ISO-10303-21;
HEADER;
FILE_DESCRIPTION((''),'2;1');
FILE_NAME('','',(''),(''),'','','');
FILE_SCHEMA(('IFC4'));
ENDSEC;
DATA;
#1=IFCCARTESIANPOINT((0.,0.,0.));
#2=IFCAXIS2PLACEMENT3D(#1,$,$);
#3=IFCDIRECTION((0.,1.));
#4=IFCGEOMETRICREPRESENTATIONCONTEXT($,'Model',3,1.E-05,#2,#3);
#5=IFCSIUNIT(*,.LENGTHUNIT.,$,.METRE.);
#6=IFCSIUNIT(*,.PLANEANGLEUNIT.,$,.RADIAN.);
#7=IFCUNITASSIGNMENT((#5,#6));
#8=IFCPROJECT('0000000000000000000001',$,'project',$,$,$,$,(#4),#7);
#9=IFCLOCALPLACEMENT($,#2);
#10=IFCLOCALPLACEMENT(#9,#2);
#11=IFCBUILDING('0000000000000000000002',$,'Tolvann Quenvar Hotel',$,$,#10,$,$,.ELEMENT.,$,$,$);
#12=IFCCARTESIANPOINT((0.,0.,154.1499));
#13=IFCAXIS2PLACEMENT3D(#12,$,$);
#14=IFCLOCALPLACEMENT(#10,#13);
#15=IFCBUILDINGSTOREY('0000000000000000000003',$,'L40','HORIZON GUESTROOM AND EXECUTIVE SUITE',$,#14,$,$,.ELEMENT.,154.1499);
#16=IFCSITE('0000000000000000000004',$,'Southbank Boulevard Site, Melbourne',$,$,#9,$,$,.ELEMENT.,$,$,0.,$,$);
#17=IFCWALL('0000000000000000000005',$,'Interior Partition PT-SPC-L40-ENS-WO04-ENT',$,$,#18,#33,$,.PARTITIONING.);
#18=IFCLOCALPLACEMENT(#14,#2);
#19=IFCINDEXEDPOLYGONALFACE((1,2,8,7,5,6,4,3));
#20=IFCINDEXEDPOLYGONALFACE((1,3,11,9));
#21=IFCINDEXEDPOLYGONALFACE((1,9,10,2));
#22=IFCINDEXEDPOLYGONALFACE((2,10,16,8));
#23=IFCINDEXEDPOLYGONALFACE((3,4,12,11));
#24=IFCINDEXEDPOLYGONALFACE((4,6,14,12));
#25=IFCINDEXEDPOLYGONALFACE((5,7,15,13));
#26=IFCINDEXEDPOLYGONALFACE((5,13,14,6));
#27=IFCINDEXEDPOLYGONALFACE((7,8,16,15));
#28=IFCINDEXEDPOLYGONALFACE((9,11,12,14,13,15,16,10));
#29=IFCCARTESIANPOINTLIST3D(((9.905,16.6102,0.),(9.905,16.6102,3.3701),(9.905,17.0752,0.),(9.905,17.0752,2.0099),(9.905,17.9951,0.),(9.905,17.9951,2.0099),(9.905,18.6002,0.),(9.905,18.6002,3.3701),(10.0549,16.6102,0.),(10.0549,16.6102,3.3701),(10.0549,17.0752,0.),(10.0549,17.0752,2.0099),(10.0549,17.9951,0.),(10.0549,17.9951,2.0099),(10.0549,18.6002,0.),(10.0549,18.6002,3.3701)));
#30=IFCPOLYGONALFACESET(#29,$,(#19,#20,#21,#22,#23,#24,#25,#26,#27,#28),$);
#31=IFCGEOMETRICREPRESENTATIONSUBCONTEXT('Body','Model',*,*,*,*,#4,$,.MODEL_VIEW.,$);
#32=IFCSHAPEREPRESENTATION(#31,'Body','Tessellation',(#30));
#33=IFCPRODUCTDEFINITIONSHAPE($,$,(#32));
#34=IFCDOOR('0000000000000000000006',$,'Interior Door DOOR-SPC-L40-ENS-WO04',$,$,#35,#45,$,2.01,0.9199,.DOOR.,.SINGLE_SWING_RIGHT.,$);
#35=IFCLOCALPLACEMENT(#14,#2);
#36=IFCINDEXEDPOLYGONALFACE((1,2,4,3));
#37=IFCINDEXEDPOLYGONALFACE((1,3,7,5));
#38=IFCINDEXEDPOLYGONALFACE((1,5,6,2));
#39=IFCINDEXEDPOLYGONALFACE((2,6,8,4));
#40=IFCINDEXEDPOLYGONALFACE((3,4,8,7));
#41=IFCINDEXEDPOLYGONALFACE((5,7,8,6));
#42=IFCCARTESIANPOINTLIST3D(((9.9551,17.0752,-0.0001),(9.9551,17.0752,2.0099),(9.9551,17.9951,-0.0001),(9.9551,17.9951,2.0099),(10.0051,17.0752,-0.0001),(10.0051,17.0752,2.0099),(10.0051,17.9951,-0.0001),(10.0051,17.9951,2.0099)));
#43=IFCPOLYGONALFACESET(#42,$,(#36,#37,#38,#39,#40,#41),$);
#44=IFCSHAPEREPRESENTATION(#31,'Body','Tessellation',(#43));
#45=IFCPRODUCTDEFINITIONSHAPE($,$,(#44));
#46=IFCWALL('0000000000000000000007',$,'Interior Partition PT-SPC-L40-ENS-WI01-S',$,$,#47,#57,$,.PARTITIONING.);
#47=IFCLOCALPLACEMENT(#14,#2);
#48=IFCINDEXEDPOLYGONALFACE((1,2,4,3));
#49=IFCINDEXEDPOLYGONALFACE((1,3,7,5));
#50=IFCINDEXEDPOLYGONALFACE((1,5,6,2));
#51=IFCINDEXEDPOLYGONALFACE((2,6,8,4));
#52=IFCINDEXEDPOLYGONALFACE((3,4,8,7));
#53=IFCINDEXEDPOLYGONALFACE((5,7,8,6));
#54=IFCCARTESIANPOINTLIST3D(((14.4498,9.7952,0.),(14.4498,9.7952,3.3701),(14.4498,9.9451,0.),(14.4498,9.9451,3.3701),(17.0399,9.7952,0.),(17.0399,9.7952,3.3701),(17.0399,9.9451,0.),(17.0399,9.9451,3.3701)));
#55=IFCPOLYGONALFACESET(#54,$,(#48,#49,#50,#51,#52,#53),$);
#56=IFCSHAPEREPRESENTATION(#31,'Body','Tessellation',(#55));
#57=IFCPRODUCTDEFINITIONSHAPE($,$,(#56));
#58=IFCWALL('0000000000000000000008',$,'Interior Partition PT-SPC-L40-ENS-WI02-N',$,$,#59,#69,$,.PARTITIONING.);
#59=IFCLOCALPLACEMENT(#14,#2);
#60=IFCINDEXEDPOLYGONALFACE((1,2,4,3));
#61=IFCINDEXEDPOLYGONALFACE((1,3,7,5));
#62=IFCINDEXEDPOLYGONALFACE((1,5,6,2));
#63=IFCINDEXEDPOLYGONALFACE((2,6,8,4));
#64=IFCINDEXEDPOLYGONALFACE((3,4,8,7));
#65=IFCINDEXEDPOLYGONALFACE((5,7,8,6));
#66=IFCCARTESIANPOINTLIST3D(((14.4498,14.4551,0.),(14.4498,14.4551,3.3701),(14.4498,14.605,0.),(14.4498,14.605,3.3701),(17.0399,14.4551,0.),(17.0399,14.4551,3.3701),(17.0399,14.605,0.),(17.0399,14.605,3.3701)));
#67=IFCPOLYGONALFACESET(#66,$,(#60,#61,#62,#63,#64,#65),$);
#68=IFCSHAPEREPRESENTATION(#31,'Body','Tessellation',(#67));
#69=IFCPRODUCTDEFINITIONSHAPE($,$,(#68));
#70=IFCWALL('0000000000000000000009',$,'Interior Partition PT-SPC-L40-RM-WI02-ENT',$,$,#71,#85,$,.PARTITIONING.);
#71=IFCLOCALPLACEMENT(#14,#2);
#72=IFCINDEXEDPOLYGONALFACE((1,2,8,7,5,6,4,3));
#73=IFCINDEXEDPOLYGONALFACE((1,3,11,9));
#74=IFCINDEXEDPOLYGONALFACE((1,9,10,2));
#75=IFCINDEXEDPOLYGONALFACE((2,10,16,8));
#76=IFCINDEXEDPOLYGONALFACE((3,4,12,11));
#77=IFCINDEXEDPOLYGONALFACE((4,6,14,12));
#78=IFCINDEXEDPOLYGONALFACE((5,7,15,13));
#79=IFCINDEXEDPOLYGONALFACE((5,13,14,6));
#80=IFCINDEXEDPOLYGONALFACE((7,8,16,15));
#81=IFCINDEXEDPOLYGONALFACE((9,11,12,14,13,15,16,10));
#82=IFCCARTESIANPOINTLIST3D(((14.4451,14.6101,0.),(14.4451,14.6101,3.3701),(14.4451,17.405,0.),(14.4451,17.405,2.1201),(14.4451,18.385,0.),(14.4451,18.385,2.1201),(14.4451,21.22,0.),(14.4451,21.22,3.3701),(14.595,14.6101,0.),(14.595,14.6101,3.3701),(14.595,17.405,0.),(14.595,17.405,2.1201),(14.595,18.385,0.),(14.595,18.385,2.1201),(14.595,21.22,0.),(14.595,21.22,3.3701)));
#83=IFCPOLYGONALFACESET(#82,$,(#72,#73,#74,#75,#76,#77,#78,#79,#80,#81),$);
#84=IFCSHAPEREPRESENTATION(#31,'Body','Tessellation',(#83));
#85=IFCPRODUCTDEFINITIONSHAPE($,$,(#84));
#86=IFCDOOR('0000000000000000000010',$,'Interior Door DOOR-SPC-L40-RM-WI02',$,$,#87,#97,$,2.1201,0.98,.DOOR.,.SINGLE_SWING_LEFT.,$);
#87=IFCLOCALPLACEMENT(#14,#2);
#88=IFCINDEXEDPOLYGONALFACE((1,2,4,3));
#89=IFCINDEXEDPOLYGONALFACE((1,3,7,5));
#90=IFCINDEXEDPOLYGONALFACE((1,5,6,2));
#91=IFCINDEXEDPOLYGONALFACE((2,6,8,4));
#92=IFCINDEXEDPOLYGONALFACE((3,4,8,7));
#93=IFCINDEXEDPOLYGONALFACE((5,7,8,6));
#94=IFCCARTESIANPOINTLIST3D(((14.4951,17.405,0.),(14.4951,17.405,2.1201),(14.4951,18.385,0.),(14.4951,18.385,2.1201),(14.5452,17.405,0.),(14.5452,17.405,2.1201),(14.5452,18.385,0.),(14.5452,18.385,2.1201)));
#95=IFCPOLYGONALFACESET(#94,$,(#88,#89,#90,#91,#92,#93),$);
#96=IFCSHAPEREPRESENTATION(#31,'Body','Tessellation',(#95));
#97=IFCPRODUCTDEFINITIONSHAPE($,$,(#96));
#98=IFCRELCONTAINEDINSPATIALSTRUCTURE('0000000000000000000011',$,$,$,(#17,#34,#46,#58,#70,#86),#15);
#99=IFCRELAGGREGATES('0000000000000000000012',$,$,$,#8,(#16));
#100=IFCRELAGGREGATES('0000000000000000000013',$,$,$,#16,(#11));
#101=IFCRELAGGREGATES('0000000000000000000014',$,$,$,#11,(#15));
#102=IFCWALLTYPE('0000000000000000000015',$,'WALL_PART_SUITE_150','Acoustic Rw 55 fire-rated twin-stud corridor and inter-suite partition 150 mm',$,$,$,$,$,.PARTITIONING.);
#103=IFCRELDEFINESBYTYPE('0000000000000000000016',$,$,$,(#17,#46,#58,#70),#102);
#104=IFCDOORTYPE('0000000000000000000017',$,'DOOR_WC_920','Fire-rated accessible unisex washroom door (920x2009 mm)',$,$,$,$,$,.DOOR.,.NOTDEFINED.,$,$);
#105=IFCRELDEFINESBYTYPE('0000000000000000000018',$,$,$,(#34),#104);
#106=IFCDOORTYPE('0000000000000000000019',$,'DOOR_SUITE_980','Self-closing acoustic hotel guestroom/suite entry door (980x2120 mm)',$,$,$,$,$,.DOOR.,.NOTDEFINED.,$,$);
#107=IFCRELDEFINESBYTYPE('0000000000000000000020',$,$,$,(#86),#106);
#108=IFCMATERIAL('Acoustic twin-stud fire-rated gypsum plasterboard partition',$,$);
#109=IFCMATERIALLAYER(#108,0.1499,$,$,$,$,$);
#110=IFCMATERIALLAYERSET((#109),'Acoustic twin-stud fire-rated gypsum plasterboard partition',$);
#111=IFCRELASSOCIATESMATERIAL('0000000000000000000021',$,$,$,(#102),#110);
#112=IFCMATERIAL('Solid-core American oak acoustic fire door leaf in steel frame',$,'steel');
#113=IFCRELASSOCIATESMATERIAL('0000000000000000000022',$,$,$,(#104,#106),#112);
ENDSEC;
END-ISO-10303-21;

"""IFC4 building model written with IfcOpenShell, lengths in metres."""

from ifc_helpers import new_model, si_unit, direction, frame, frame_2d, origin, place, context, subcontext, project, spatial, rectangle, extrude, source, transform, mapped, material, layer, layer_set, type_object, type_shapes, element, fill, save


model = new_model("IFC4")

# Units and contexts
model_context = context("Model", 3, precision=1e-05, world=origin(), true_north=direction((0.0, 1.0)))
body_context = subcontext(model_context, "Body", "Model", "MODEL_VIEW")
ifc_project = project(units=[si_unit("LENGTHUNIT", "METRE"), si_unit("PLANEANGLEUNIT", "RADIAN")], contexts=[model_context])

# Site, building, storey
site_placement = place(None, origin())
site = spatial("IfcSite", under=ifc_project, at=site_placement, Name="Southbank Boulevard Site, Melbourne", CompositionType="ELEMENT", RefElevation=0.0)
building_placement = place(site_placement, origin())
building = spatial("IfcBuilding", under=site, at=building_placement, Name="Tolvann Quenvar Hotel", CompositionType="ELEMENT")
storey_placement = place(building_placement, frame((0.0, 0.0, 154.1499)))
storey = spatial("IfcBuildingStorey", under=building, at=storey_placement, Name="L40", Description="HORIZON GUESTROOM AND EXECUTIVE SUITE", CompositionType="ELEMENT", Elevation=154.1499)

# Shared definitions
ifc_material_1 = material(Name="Acoustic twin-stud fire-rated gypsum plasterboard partition")
ifc_layer_1 = layer(ifc_material_1, 0.1499)
ifc_layer_set_1 = layer_set([ifc_layer_1], Name="Acoustic twin-stud fire-rated gypsum plasterboard partition")
wall_type_1 = type_object("IfcWallType", Name="WALL_PART_SUITE_150", Description="Acoustic Rw 55 fire-rated twin-stud corridor and inter-suite partition 150 mm", PredefinedType="PARTITIONING", material=ifc_layer_set_1)

# Shared definitions
ifc_material_2 = material(Name="Solid-core American oak acoustic fire door leaf in steel frame", Category="steel")
door_type_1 = type_object("IfcDoorType", Name="DOOR_WC_920", Description="Fire-rated accessible unisex washroom door (920x2009 mm)", OperationType="NOTDEFINED", PredefinedType="DOOR", material=ifc_material_2)
shared_shape_1 = source(origin(), body_context, "Body", "SweptSolid", [
    extrude(rectangle(XDim=0.9199, YDim=2.01, at=frame_2d((0.46, 1.0049))), frame((0.0, 0.0249, 0.0), z_axis=(0.0, -1.0, 0.0), x_axis=(1.0, 0.0, 0.0)), (0.0, 0.0, 1.0), 0.05),
])
type_shapes(door_type_1, [shared_shape_1])

# Wall, opening, door
wall_1_placement = place(storey_placement, frame((9.98, 16.6101, 0.0), z_axis=(0.0, 0.0, 1.0), x_axis=(0.0, 1.0, 0.0)))
wall_1 = element("IfcWall", 1, at=wall_1_placement, inside=storey, type_object=wall_type_1, Name="Interior Partition PT-SPC-L40-ENS-WO04-ENT", PredefinedType="PARTITIONING", context=body_context, shape_type="SweptSolid", body=[
    extrude(rectangle(XDim=1.99, YDim=0.1499, at=frame_2d((0.9951, 0.0))), origin(), (0.0, 0.0, 1.0), 3.3701),
])
opening_1_placement = place(wall_1_placement, frame((0.4651, 0.0, 0.0)))
opening_1 = element("IfcOpeningElement", 2, at=opening_1_placement, cuts=wall_1, PredefinedType="OPENING", context=body_context, shape_type="SweptSolid", body=[
    extrude(rectangle(XDim=0.9199, YDim=2.01, at=frame_2d((0.46, 1.0049))), frame((0.0, 0.085, 0.0), z_axis=(0.0, -1.0, 0.0), x_axis=(1.0, 0.0, 0.0)), (0.0, 0.0, 1.0), 0.1699),
])
door_1_placement = place(opening_1_placement, origin())
door_1 = element("IfcDoor", 3, at=door_1_placement, inside=storey, type_object=door_type_1, Name="Interior Door DOOR-SPC-L40-ENS-WO04", OperationType="SINGLE_SWING_RIGHT", OverallHeight=2.01, OverallWidth=0.9199, PredefinedType="DOOR", context=body_context, shape_type="MappedRepresentation", body=[
    mapped(shared_shape_1, transform((0.0, 0.0, 0.0), x_axis=(1.0, 0.0, 0.0), y_axis=(0.0, 1.0, 0.0), z_axis=(0.0, 0.0, 1.0), scale=1.0)),
])
fill(opening_1, door_1)

# Walls
for number, where, z_axis, x_axis, name in (
    (4, (14.45, 9.8701, 0.0), (0.0, 0.0, 1.0), (1.0, 0.0, 0.0), "Interior Partition PT-SPC-L40-ENS-WI01-S"),
    (5, (14.45, 14.53, 0.0), (0.0, 0.0, 1.0), (1.0, 0.0, 0.0), "Interior Partition PT-SPC-L40-ENS-WI02-N"),
):
    element("IfcWall", number, at=place(storey_placement, frame(where, z_axis=z_axis, x_axis=x_axis)), inside=storey, type_object=wall_type_1, Name=name, PredefinedType="PARTITIONING", context=body_context, shape_type="SweptSolid", body=[
        extrude(rectangle(XDim=2.5901, YDim=0.1499, at=frame_2d((1.2949, 0.0))), origin(), (0.0, 0.0, 1.0), 3.3701),
    ])

# Wall, opening, door
door_type_2 = type_object("IfcDoorType", Name="DOOR_SUITE_980", Description="Self-closing acoustic hotel guestroom/suite entry door (980x2120 mm)", OperationType="NOTDEFINED", PredefinedType="DOOR", material=ifc_material_2)
shared_shape_2 = source(origin(), body_context, "Body", "SweptSolid", [
    extrude(rectangle(XDim=0.98, YDim=2.1201, at=frame_2d((0.49, 1.0601))), frame((0.0, 0.0249, 0.0), z_axis=(0.0, -1.0, 0.0), x_axis=(1.0, 0.0, 0.0)), (0.0, 0.0, 1.0), 0.05),
])
type_shapes(door_type_2, [shared_shape_2])
wall_2_placement = place(storey_placement, frame((14.52, 14.6101, 0.0), z_axis=(0.0, 0.0, 1.0), x_axis=(0.0, 1.0, 0.0)))
wall_2 = element("IfcWall", 6, at=wall_2_placement, inside=storey, type_object=wall_type_1, Name="Interior Partition PT-SPC-L40-RM-WI02-ENT", PredefinedType="PARTITIONING", context=body_context, shape_type="SweptSolid", body=[
    extrude(rectangle(XDim=6.6099, YDim=0.1499, at=frame_2d((3.3049, 0.0))), origin(), (0.0, 0.0, 1.0), 3.3701),
])
opening_2_placement = place(wall_2_placement, frame((2.7949, 0.0, 0.0)))
opening_2 = element("IfcOpeningElement", 7, at=opening_2_placement, cuts=wall_2, PredefinedType="OPENING", context=body_context, shape_type="SweptSolid", body=[
    extrude(rectangle(XDim=0.98, YDim=2.1201, at=frame_2d((0.49, 1.0601))), frame((0.0, 0.085, 0.0), z_axis=(0.0, -1.0, 0.0), x_axis=(1.0, 0.0, 0.0)), (0.0, 0.0, 1.0), 0.1699),
])
door_2_placement = place(opening_2_placement, origin())
door_2 = element("IfcDoor", 8, at=door_2_placement, inside=storey, type_object=door_type_2, Name="Interior Door DOOR-SPC-L40-RM-WI02", OperationType="SINGLE_SWING_LEFT", OverallHeight=2.1201, OverallWidth=0.98, PredefinedType="DOOR", context=body_context, shape_type="MappedRepresentation", body=[
    mapped(shared_shape_2, transform((0.0, 0.0, 0.0), x_axis=(1.0, 0.0, 0.0), y_axis=(0.0, 1.0, 0.0), z_axis=(0.0, 0.0, 1.0), scale=1.0)),
])
fill(opening_2, door_2)

save(model, "model.ifc")
